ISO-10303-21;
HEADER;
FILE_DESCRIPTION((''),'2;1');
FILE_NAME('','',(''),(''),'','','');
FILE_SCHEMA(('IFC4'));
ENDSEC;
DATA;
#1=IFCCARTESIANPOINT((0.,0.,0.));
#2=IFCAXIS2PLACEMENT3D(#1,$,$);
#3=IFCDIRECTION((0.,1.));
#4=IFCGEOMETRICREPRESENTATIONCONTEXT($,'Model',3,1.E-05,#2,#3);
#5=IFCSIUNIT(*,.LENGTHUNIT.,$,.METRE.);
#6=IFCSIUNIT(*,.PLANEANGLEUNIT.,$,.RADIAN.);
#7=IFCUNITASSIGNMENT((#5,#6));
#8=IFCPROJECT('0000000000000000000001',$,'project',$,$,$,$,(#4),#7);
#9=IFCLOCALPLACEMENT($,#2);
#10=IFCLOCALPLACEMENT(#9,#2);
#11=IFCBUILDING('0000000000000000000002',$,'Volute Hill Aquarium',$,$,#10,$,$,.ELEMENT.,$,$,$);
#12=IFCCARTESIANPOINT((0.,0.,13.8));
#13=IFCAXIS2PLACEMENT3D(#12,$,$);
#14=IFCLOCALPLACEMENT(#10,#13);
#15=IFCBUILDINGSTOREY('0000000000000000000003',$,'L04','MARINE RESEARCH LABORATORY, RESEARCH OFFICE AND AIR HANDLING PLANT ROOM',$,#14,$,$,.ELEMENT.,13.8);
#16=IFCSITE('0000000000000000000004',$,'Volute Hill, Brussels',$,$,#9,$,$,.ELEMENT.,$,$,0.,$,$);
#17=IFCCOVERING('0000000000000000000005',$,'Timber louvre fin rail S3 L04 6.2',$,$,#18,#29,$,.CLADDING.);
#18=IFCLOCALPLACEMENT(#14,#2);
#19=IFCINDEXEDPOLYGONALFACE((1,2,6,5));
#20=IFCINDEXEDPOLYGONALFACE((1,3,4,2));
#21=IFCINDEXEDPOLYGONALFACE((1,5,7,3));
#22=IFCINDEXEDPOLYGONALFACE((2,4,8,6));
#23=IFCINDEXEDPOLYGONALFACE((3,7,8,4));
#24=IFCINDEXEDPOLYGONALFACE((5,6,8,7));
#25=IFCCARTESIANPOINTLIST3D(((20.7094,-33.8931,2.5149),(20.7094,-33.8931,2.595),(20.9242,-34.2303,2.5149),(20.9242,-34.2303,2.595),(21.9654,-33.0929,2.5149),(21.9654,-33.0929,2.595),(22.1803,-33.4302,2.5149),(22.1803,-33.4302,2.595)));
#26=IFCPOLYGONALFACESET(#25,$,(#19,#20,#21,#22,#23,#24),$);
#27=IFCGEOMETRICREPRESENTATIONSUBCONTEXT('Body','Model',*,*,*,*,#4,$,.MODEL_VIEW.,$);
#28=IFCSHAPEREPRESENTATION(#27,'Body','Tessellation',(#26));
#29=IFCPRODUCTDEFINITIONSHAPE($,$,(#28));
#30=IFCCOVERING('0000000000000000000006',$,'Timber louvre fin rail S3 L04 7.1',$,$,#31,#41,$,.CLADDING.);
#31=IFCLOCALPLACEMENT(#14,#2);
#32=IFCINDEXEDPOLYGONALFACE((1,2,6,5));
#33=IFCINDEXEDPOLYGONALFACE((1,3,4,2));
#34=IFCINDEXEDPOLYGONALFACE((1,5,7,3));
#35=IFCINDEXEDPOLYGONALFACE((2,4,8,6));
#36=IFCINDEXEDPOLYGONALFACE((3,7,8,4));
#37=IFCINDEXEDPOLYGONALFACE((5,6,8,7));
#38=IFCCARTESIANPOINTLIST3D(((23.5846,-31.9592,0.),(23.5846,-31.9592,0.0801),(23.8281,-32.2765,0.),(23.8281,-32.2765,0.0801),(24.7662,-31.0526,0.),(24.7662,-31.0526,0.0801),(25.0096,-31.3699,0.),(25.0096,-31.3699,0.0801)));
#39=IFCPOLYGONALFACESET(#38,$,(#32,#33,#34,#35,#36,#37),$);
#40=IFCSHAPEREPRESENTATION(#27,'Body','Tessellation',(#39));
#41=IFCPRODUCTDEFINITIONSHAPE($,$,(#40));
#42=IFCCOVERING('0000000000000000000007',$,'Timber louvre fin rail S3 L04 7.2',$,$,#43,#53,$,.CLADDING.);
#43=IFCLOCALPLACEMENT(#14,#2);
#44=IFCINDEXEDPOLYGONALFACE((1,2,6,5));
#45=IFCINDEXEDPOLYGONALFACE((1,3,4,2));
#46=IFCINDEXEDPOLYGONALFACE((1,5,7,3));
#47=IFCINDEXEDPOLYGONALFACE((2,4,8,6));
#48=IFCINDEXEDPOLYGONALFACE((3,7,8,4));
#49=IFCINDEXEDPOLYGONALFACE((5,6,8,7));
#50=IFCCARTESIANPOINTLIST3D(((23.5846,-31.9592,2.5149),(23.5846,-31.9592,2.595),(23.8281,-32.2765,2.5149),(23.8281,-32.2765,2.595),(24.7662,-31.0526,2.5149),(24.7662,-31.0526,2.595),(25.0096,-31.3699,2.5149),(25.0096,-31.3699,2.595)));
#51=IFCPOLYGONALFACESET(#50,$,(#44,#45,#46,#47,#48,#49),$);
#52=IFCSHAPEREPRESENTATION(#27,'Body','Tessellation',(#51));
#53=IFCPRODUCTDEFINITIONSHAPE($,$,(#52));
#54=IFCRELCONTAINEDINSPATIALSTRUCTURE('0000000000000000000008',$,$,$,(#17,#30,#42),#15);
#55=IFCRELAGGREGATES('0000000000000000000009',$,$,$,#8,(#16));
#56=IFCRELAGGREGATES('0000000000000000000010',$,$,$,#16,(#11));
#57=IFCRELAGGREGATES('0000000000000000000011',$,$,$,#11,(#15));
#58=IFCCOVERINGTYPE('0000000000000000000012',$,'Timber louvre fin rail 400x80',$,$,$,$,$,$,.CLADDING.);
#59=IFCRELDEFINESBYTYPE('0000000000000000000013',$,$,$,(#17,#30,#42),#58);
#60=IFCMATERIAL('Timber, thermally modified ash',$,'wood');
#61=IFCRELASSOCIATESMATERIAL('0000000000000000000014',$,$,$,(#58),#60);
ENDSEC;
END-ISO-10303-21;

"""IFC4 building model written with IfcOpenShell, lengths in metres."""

from ifc_helpers import new_model, si_unit, direction, frame, origin, origin_2d, place, context, subcontext, project, spatial, rectangle, extrude, material, type_object, element, save


model = new_model("IFC4")

# Units and contexts
model_context = context("Model", 3, precision=1e-05, world=origin(), true_north=direction((0.0, 1.0)))
body_context = subcontext(model_context, "Body", "Model", "MODEL_VIEW")
ifc_project = project(units=[si_unit("LENGTHUNIT", "METRE"), si_unit("PLANEANGLEUNIT", "RADIAN")], contexts=[model_context])

# Site, building, storey
site_placement = place(None, origin())
site = spatial("IfcSite", under=ifc_project, at=site_placement, Name="Volute Hill, Brussels", CompositionType="ELEMENT", RefElevation=0.0)
building_placement = place(site_placement, origin())
building = spatial("IfcBuilding", under=site, at=building_placement, Name="Volute Hill Aquarium", CompositionType="ELEMENT")
storey_placement = place(building_placement, frame((0.0, 0.0, 13.8)))
storey = spatial("IfcBuildingStorey", under=building, at=storey_placement, Name="L04", Description="MARINE RESEARCH LABORATORY, RESEARCH OFFICE AND AIR HANDLING PLANT ROOM", CompositionType="ELEMENT", Elevation=13.8)

# Coverings
ifc_material_1 = material(Name="Timber, thermally modified ash", Category="wood")
covering_type_1 = type_object("IfcCoveringType", Name="Timber louvre fin rail 400x80", PredefinedType="CLADDING", material=ifc_material_1)
for number, where, z_axis, x_axis, name in (
    (1, (21.4448, -33.6616, 2.5149), (0.0, 0.0, 1.0), (0.843389, 0.537303, 0.0), "Timber louvre fin rail S3 L04 6.2"),
    (2, (24.2971, -31.6646, 0.0), (0.0, 0.0, 1.0), (0.793365, 0.608746, 0.0), "Timber louvre fin rail S3 L04 7.1"),
    (3, (24.2971, -31.6646, 2.5149), (0.0, 0.0, 1.0), (0.793365, 0.608746, 0.0), "Timber louvre fin rail S3 L04 7.2"),
):
    element("IfcCovering", number, at=place(storey_placement, frame(where, z_axis=z_axis, x_axis=x_axis)), inside=storey, type_object=covering_type_1, Name=name, PredefinedType="CLADDING", context=body_context, shape_type="SweptSolid", body=[
        extrude(rectangle(XDim=1.4893, YDim=0.3999, at=origin_2d()), origin(), (0.0, 0.0, 1.0), 0.0801),
    ])

save(model, "model.ifc")
